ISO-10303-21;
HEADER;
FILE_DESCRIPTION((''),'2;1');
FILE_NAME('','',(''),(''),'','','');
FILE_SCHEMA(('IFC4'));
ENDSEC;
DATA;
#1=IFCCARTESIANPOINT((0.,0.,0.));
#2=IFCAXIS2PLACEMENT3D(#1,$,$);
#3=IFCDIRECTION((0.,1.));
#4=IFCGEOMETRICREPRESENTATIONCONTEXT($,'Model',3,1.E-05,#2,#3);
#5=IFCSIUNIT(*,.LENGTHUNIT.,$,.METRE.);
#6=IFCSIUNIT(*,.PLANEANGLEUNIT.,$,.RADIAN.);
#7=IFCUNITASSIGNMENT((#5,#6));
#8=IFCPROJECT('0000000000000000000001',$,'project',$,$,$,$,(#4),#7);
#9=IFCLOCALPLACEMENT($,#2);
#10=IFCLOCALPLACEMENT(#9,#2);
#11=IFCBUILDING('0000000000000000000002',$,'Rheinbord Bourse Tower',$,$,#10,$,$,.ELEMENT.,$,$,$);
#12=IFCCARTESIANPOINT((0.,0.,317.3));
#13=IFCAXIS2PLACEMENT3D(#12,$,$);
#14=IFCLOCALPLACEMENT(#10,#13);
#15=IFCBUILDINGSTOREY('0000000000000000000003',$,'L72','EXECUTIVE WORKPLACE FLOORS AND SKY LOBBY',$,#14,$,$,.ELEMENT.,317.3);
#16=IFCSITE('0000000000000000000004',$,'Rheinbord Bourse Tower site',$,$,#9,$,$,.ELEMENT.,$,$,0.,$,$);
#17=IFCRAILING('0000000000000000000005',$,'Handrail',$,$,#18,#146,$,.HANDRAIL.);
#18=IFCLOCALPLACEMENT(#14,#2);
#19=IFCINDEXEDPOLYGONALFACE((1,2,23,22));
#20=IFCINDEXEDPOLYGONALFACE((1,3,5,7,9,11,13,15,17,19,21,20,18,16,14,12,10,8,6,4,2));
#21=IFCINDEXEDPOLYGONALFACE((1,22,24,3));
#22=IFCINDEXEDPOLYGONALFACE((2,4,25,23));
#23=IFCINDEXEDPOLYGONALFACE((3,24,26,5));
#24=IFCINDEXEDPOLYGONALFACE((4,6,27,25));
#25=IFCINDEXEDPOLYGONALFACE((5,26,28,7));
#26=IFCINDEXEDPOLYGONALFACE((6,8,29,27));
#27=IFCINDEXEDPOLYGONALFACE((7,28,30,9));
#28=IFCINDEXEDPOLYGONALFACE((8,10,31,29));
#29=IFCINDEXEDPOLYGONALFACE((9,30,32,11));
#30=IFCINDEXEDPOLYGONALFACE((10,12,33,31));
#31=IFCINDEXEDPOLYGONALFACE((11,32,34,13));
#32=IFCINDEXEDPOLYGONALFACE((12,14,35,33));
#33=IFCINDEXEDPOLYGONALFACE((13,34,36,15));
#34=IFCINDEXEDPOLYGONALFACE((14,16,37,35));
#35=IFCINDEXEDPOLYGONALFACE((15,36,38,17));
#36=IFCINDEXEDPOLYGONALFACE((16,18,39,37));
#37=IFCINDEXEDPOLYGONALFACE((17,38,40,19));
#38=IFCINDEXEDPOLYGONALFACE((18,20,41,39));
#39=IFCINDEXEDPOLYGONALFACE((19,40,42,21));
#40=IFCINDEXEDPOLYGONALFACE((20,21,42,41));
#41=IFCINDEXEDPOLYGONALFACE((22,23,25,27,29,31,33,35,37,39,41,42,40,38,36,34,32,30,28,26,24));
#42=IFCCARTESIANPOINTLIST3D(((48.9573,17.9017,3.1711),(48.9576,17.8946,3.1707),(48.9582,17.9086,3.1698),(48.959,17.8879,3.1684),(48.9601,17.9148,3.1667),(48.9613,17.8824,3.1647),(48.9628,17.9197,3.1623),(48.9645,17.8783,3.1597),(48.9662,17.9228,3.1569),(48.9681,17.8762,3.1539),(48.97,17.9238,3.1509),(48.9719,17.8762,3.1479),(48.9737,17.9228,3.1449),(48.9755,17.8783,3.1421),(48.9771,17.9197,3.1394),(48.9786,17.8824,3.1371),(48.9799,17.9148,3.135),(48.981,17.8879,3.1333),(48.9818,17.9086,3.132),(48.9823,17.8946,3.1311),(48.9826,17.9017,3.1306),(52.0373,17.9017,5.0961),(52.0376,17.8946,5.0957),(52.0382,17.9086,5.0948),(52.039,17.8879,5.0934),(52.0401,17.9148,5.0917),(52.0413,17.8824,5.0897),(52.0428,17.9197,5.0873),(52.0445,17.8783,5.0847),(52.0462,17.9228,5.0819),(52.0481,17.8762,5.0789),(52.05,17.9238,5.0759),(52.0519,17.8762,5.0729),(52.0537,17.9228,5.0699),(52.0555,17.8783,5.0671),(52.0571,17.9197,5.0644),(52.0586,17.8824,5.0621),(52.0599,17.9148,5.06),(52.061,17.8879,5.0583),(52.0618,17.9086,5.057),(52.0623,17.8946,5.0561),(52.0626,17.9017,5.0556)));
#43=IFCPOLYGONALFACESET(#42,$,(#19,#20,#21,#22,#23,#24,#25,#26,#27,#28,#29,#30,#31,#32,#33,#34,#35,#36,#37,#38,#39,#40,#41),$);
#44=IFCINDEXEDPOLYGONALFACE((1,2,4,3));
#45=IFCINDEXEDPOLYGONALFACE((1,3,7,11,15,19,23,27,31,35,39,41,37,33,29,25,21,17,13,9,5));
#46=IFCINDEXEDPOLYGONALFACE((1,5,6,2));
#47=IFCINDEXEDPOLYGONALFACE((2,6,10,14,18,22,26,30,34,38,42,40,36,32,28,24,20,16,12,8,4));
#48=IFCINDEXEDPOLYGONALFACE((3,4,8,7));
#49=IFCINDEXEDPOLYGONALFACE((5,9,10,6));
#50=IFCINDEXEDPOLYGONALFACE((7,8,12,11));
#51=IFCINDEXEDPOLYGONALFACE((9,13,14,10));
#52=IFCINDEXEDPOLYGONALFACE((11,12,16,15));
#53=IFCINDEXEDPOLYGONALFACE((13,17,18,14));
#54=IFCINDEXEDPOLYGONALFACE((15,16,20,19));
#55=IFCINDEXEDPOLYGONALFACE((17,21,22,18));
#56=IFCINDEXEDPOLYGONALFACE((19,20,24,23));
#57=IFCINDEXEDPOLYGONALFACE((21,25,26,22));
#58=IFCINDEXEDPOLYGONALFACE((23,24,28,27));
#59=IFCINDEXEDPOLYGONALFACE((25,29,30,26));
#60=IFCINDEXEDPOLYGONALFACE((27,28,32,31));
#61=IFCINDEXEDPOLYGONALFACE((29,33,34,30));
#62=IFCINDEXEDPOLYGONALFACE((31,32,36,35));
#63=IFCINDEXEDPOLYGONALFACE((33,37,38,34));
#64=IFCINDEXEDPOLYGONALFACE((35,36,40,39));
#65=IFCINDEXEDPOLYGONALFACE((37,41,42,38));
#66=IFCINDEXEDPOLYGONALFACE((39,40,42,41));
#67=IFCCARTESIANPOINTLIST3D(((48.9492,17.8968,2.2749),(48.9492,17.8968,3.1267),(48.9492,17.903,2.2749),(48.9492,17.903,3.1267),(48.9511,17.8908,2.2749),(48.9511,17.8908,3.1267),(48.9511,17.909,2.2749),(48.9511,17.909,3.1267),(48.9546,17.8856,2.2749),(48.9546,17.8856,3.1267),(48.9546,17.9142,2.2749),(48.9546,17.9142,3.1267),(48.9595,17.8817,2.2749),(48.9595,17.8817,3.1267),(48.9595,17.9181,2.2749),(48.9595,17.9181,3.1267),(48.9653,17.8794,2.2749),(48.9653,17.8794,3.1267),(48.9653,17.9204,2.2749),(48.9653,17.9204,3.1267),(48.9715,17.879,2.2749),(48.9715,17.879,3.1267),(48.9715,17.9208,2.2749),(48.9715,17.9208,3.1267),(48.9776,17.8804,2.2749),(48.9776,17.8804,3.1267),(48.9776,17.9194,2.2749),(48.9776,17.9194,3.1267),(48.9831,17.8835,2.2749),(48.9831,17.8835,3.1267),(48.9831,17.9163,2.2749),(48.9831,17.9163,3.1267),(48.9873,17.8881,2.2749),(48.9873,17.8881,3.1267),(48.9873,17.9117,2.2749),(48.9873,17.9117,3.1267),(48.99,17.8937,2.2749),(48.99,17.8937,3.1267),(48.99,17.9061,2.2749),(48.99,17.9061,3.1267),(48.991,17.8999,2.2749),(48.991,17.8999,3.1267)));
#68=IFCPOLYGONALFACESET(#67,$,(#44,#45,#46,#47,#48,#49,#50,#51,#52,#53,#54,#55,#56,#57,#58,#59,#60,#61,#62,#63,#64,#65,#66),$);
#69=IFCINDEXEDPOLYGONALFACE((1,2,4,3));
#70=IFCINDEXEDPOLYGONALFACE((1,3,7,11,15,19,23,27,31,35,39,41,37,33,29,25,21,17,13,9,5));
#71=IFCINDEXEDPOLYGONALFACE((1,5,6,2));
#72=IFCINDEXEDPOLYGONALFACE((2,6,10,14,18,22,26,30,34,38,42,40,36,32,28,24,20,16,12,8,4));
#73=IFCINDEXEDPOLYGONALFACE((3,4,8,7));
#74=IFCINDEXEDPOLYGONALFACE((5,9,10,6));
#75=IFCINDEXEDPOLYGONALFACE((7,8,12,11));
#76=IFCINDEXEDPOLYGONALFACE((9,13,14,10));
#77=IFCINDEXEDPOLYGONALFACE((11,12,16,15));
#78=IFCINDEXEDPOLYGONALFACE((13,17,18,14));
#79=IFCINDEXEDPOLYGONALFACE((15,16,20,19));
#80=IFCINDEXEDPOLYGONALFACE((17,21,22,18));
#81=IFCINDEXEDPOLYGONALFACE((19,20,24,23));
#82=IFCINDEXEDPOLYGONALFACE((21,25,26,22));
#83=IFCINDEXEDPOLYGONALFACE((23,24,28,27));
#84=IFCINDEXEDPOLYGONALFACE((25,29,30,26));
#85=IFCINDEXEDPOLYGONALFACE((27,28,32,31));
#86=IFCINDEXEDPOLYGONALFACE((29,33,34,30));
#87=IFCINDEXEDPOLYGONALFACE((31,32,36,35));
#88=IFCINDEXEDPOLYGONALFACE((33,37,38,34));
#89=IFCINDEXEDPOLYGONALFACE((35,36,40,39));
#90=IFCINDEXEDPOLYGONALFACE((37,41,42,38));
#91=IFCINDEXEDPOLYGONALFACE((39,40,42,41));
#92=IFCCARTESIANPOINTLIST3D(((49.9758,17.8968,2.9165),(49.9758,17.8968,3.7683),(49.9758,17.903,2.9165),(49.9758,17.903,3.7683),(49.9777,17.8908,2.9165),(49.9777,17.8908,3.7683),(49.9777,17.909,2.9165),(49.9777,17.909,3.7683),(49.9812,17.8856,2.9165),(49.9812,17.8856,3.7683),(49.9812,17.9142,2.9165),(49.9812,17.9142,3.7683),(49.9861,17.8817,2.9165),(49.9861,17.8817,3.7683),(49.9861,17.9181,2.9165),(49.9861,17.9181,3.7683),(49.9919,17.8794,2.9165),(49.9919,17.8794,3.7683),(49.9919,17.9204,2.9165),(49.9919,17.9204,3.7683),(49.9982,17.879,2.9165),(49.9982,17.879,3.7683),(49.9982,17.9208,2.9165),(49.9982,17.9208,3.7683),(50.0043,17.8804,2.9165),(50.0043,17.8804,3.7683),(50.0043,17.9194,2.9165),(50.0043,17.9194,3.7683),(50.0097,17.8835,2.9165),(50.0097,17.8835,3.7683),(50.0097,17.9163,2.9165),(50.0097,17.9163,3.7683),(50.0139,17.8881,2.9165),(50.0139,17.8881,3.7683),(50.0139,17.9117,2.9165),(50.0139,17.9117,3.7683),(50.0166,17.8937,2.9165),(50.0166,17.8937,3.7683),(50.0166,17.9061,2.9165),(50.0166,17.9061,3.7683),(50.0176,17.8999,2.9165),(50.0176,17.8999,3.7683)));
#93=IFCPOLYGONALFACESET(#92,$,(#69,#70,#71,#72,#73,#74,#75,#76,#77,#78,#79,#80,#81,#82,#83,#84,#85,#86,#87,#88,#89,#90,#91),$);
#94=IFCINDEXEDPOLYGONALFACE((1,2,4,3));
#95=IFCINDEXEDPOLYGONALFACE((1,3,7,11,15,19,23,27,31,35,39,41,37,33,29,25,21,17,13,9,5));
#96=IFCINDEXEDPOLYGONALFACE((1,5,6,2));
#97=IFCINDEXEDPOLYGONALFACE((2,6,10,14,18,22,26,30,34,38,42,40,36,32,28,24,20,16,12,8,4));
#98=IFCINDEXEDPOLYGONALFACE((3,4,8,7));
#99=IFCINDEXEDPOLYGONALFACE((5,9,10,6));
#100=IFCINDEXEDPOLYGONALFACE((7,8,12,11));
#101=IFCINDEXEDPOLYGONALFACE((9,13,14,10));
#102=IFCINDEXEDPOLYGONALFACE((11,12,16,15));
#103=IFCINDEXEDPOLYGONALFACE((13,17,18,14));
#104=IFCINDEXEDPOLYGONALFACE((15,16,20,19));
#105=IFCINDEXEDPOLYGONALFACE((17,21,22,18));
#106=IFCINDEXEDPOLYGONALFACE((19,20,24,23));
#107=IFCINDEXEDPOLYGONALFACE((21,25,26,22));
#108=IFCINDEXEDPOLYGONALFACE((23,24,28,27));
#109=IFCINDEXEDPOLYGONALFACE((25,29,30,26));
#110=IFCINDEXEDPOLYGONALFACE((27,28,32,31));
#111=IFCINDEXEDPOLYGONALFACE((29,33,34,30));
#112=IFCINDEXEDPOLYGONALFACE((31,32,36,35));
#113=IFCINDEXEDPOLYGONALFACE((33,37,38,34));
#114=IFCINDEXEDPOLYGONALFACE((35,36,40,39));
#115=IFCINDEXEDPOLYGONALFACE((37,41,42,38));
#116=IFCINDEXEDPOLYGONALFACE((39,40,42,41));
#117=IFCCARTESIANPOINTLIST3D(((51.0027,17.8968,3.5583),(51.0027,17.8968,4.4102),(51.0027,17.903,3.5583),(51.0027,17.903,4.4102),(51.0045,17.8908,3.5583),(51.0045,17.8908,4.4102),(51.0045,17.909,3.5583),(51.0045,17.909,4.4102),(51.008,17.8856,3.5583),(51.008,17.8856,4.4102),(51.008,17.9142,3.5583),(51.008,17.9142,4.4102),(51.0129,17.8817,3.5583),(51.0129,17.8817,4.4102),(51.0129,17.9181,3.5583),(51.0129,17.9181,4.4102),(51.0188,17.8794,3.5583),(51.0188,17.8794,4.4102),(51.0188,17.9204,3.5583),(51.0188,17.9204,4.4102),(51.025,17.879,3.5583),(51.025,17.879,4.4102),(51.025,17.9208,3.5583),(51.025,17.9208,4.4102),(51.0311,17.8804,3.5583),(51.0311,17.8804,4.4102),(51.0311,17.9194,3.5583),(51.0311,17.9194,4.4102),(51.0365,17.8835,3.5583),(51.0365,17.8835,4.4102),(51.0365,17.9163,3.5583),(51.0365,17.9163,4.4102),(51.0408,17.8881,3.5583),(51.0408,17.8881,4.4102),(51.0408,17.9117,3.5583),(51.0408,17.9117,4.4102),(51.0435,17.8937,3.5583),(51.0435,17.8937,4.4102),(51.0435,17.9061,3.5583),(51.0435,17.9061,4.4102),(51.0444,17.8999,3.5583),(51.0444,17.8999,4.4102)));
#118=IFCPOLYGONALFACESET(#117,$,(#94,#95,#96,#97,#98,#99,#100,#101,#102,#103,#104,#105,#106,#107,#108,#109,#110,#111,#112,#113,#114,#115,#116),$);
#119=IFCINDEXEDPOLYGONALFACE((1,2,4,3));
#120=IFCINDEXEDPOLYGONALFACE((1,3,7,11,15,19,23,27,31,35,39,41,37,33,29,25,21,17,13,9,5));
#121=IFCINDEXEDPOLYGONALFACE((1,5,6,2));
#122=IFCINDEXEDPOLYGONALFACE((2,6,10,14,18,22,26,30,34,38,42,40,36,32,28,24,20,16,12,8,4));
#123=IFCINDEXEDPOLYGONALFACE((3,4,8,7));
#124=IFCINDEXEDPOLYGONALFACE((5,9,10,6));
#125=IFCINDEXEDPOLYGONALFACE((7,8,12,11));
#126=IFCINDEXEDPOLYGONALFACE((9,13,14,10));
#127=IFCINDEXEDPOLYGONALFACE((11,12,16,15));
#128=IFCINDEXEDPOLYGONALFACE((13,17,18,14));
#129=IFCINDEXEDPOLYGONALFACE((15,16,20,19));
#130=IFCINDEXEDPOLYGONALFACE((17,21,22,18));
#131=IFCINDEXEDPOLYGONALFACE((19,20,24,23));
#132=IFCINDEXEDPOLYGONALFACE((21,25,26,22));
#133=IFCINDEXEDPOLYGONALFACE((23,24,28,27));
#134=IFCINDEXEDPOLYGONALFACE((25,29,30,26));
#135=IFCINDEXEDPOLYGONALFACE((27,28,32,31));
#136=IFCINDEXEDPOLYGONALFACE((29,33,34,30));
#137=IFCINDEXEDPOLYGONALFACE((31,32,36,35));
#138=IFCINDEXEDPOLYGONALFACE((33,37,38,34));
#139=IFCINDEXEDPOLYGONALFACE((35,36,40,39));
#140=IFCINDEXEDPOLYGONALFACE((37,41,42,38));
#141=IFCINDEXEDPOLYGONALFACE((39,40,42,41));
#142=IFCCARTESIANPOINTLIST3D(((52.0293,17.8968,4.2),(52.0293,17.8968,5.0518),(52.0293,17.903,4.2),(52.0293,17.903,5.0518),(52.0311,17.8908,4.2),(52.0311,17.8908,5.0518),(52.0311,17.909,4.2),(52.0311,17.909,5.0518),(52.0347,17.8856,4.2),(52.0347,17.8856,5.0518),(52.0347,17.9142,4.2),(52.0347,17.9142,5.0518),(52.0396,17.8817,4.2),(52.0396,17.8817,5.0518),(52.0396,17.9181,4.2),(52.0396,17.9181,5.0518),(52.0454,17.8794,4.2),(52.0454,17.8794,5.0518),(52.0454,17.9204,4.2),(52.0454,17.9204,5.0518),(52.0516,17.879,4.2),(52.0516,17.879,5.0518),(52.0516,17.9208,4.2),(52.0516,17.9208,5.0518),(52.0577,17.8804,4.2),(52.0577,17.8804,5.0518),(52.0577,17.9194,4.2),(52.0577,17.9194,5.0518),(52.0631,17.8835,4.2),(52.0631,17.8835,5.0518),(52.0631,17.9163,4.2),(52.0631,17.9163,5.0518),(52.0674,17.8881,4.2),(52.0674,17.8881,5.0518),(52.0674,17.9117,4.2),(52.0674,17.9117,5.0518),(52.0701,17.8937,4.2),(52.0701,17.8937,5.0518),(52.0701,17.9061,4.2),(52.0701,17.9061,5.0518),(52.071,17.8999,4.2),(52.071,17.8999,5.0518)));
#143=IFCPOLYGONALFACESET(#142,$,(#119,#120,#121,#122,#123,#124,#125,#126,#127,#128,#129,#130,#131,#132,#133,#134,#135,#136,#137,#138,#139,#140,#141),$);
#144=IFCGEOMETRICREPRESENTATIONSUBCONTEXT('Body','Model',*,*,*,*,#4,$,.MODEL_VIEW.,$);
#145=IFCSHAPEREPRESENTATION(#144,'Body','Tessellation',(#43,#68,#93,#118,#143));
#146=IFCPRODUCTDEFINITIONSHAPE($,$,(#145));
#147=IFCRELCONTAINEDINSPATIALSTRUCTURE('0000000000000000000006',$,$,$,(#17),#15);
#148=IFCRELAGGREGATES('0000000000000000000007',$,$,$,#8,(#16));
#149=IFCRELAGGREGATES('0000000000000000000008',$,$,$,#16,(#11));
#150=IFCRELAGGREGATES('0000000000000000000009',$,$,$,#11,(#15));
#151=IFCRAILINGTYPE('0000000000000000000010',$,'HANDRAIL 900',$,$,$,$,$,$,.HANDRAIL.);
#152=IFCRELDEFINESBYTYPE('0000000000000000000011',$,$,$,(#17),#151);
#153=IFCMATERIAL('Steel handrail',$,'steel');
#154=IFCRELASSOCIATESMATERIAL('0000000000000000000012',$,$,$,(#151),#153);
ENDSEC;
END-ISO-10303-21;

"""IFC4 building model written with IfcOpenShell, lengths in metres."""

from ifc_helpers import new_model, si_unit, direction, frame, origin, origin_2d, place, context, subcontext, project, spatial, circle, extrude, material, type_object, element, save


model = new_model("IFC4")

# Units and contexts
model_context = context("Model", 3, precision=1e-05, world=origin(), true_north=direction((0.0, 1.0)))
body_context = subcontext(model_context, "Body", "Model", "MODEL_VIEW")
ifc_project = project(units=[si_unit("LENGTHUNIT", "METRE"), si_unit("PLANEANGLEUNIT", "RADIAN")], contexts=[model_context])

# Site, building, storey
site_placement = place(None, origin())
site = spatial("IfcSite", under=ifc_project, at=site_placement, Name="Rheinbord Bourse Tower site", CompositionType="ELEMENT", RefElevation=0.0)
building_placement = place(site_placement, origin())
building = spatial("IfcBuilding", under=site, at=building_placement, Name="Rheinbord Bourse Tower", CompositionType="ELEMENT")
storey_placement = place(building_placement, frame((0.0, 0.0, 317.3)))
storey = spatial("IfcBuildingStorey", under=building, at=storey_placement, Name="L72", Description="EXECUTIVE WORKPLACE FLOORS AND SKY LOBBY", CompositionType="ELEMENT", Elevation=317.3)

# Railing
ifc_material_1 = material(Name="Steel handrail", Category="steel")
railing_type = type_object("IfcRailingType", Name="HANDRAIL 900", PredefinedType="HANDRAIL", material=ifc_material_1)
railing_1_placement = place(storey_placement, frame((48.97, 17.8999, 2.2749)))
element("IfcRailing", 1, at=railing_1_placement, inside=storey, type_object=railing_type, Name="Handrail", PredefinedType="HANDRAIL", context=body_context, shape_type="SweptSolid", body=[
    extrude(circle(Radius=0.0239, at=origin_2d()), frame((0.0, 0.0, 0.876), z_axis=(0.847998, 0.0, 0.529999), x_axis=(0.0, 1.0, 0.0)), (0.0, 0.0, 1.0), 3.6321),
    extrude(circle(Radius=0.021, at=origin_2d()), origin(), (0.0, 0.0, 1.0), 0.8518),
    extrude(circle(Radius=0.021, at=origin_2d()), frame((1.0266, 0.0, 0.6416)), (0.0, 0.0, 1.0), 0.8518),
    extrude(circle(Radius=0.021, at=origin_2d()), frame((2.0535, 0.0, 1.2834)), (0.0, 0.0, 1.0), 0.8518),
    extrude(circle(Radius=0.021, at=origin_2d()), frame((3.0801, 0.0, 1.925)), (0.0, 0.0, 1.0), 0.8518),
])

save(model, "model.ifc")
